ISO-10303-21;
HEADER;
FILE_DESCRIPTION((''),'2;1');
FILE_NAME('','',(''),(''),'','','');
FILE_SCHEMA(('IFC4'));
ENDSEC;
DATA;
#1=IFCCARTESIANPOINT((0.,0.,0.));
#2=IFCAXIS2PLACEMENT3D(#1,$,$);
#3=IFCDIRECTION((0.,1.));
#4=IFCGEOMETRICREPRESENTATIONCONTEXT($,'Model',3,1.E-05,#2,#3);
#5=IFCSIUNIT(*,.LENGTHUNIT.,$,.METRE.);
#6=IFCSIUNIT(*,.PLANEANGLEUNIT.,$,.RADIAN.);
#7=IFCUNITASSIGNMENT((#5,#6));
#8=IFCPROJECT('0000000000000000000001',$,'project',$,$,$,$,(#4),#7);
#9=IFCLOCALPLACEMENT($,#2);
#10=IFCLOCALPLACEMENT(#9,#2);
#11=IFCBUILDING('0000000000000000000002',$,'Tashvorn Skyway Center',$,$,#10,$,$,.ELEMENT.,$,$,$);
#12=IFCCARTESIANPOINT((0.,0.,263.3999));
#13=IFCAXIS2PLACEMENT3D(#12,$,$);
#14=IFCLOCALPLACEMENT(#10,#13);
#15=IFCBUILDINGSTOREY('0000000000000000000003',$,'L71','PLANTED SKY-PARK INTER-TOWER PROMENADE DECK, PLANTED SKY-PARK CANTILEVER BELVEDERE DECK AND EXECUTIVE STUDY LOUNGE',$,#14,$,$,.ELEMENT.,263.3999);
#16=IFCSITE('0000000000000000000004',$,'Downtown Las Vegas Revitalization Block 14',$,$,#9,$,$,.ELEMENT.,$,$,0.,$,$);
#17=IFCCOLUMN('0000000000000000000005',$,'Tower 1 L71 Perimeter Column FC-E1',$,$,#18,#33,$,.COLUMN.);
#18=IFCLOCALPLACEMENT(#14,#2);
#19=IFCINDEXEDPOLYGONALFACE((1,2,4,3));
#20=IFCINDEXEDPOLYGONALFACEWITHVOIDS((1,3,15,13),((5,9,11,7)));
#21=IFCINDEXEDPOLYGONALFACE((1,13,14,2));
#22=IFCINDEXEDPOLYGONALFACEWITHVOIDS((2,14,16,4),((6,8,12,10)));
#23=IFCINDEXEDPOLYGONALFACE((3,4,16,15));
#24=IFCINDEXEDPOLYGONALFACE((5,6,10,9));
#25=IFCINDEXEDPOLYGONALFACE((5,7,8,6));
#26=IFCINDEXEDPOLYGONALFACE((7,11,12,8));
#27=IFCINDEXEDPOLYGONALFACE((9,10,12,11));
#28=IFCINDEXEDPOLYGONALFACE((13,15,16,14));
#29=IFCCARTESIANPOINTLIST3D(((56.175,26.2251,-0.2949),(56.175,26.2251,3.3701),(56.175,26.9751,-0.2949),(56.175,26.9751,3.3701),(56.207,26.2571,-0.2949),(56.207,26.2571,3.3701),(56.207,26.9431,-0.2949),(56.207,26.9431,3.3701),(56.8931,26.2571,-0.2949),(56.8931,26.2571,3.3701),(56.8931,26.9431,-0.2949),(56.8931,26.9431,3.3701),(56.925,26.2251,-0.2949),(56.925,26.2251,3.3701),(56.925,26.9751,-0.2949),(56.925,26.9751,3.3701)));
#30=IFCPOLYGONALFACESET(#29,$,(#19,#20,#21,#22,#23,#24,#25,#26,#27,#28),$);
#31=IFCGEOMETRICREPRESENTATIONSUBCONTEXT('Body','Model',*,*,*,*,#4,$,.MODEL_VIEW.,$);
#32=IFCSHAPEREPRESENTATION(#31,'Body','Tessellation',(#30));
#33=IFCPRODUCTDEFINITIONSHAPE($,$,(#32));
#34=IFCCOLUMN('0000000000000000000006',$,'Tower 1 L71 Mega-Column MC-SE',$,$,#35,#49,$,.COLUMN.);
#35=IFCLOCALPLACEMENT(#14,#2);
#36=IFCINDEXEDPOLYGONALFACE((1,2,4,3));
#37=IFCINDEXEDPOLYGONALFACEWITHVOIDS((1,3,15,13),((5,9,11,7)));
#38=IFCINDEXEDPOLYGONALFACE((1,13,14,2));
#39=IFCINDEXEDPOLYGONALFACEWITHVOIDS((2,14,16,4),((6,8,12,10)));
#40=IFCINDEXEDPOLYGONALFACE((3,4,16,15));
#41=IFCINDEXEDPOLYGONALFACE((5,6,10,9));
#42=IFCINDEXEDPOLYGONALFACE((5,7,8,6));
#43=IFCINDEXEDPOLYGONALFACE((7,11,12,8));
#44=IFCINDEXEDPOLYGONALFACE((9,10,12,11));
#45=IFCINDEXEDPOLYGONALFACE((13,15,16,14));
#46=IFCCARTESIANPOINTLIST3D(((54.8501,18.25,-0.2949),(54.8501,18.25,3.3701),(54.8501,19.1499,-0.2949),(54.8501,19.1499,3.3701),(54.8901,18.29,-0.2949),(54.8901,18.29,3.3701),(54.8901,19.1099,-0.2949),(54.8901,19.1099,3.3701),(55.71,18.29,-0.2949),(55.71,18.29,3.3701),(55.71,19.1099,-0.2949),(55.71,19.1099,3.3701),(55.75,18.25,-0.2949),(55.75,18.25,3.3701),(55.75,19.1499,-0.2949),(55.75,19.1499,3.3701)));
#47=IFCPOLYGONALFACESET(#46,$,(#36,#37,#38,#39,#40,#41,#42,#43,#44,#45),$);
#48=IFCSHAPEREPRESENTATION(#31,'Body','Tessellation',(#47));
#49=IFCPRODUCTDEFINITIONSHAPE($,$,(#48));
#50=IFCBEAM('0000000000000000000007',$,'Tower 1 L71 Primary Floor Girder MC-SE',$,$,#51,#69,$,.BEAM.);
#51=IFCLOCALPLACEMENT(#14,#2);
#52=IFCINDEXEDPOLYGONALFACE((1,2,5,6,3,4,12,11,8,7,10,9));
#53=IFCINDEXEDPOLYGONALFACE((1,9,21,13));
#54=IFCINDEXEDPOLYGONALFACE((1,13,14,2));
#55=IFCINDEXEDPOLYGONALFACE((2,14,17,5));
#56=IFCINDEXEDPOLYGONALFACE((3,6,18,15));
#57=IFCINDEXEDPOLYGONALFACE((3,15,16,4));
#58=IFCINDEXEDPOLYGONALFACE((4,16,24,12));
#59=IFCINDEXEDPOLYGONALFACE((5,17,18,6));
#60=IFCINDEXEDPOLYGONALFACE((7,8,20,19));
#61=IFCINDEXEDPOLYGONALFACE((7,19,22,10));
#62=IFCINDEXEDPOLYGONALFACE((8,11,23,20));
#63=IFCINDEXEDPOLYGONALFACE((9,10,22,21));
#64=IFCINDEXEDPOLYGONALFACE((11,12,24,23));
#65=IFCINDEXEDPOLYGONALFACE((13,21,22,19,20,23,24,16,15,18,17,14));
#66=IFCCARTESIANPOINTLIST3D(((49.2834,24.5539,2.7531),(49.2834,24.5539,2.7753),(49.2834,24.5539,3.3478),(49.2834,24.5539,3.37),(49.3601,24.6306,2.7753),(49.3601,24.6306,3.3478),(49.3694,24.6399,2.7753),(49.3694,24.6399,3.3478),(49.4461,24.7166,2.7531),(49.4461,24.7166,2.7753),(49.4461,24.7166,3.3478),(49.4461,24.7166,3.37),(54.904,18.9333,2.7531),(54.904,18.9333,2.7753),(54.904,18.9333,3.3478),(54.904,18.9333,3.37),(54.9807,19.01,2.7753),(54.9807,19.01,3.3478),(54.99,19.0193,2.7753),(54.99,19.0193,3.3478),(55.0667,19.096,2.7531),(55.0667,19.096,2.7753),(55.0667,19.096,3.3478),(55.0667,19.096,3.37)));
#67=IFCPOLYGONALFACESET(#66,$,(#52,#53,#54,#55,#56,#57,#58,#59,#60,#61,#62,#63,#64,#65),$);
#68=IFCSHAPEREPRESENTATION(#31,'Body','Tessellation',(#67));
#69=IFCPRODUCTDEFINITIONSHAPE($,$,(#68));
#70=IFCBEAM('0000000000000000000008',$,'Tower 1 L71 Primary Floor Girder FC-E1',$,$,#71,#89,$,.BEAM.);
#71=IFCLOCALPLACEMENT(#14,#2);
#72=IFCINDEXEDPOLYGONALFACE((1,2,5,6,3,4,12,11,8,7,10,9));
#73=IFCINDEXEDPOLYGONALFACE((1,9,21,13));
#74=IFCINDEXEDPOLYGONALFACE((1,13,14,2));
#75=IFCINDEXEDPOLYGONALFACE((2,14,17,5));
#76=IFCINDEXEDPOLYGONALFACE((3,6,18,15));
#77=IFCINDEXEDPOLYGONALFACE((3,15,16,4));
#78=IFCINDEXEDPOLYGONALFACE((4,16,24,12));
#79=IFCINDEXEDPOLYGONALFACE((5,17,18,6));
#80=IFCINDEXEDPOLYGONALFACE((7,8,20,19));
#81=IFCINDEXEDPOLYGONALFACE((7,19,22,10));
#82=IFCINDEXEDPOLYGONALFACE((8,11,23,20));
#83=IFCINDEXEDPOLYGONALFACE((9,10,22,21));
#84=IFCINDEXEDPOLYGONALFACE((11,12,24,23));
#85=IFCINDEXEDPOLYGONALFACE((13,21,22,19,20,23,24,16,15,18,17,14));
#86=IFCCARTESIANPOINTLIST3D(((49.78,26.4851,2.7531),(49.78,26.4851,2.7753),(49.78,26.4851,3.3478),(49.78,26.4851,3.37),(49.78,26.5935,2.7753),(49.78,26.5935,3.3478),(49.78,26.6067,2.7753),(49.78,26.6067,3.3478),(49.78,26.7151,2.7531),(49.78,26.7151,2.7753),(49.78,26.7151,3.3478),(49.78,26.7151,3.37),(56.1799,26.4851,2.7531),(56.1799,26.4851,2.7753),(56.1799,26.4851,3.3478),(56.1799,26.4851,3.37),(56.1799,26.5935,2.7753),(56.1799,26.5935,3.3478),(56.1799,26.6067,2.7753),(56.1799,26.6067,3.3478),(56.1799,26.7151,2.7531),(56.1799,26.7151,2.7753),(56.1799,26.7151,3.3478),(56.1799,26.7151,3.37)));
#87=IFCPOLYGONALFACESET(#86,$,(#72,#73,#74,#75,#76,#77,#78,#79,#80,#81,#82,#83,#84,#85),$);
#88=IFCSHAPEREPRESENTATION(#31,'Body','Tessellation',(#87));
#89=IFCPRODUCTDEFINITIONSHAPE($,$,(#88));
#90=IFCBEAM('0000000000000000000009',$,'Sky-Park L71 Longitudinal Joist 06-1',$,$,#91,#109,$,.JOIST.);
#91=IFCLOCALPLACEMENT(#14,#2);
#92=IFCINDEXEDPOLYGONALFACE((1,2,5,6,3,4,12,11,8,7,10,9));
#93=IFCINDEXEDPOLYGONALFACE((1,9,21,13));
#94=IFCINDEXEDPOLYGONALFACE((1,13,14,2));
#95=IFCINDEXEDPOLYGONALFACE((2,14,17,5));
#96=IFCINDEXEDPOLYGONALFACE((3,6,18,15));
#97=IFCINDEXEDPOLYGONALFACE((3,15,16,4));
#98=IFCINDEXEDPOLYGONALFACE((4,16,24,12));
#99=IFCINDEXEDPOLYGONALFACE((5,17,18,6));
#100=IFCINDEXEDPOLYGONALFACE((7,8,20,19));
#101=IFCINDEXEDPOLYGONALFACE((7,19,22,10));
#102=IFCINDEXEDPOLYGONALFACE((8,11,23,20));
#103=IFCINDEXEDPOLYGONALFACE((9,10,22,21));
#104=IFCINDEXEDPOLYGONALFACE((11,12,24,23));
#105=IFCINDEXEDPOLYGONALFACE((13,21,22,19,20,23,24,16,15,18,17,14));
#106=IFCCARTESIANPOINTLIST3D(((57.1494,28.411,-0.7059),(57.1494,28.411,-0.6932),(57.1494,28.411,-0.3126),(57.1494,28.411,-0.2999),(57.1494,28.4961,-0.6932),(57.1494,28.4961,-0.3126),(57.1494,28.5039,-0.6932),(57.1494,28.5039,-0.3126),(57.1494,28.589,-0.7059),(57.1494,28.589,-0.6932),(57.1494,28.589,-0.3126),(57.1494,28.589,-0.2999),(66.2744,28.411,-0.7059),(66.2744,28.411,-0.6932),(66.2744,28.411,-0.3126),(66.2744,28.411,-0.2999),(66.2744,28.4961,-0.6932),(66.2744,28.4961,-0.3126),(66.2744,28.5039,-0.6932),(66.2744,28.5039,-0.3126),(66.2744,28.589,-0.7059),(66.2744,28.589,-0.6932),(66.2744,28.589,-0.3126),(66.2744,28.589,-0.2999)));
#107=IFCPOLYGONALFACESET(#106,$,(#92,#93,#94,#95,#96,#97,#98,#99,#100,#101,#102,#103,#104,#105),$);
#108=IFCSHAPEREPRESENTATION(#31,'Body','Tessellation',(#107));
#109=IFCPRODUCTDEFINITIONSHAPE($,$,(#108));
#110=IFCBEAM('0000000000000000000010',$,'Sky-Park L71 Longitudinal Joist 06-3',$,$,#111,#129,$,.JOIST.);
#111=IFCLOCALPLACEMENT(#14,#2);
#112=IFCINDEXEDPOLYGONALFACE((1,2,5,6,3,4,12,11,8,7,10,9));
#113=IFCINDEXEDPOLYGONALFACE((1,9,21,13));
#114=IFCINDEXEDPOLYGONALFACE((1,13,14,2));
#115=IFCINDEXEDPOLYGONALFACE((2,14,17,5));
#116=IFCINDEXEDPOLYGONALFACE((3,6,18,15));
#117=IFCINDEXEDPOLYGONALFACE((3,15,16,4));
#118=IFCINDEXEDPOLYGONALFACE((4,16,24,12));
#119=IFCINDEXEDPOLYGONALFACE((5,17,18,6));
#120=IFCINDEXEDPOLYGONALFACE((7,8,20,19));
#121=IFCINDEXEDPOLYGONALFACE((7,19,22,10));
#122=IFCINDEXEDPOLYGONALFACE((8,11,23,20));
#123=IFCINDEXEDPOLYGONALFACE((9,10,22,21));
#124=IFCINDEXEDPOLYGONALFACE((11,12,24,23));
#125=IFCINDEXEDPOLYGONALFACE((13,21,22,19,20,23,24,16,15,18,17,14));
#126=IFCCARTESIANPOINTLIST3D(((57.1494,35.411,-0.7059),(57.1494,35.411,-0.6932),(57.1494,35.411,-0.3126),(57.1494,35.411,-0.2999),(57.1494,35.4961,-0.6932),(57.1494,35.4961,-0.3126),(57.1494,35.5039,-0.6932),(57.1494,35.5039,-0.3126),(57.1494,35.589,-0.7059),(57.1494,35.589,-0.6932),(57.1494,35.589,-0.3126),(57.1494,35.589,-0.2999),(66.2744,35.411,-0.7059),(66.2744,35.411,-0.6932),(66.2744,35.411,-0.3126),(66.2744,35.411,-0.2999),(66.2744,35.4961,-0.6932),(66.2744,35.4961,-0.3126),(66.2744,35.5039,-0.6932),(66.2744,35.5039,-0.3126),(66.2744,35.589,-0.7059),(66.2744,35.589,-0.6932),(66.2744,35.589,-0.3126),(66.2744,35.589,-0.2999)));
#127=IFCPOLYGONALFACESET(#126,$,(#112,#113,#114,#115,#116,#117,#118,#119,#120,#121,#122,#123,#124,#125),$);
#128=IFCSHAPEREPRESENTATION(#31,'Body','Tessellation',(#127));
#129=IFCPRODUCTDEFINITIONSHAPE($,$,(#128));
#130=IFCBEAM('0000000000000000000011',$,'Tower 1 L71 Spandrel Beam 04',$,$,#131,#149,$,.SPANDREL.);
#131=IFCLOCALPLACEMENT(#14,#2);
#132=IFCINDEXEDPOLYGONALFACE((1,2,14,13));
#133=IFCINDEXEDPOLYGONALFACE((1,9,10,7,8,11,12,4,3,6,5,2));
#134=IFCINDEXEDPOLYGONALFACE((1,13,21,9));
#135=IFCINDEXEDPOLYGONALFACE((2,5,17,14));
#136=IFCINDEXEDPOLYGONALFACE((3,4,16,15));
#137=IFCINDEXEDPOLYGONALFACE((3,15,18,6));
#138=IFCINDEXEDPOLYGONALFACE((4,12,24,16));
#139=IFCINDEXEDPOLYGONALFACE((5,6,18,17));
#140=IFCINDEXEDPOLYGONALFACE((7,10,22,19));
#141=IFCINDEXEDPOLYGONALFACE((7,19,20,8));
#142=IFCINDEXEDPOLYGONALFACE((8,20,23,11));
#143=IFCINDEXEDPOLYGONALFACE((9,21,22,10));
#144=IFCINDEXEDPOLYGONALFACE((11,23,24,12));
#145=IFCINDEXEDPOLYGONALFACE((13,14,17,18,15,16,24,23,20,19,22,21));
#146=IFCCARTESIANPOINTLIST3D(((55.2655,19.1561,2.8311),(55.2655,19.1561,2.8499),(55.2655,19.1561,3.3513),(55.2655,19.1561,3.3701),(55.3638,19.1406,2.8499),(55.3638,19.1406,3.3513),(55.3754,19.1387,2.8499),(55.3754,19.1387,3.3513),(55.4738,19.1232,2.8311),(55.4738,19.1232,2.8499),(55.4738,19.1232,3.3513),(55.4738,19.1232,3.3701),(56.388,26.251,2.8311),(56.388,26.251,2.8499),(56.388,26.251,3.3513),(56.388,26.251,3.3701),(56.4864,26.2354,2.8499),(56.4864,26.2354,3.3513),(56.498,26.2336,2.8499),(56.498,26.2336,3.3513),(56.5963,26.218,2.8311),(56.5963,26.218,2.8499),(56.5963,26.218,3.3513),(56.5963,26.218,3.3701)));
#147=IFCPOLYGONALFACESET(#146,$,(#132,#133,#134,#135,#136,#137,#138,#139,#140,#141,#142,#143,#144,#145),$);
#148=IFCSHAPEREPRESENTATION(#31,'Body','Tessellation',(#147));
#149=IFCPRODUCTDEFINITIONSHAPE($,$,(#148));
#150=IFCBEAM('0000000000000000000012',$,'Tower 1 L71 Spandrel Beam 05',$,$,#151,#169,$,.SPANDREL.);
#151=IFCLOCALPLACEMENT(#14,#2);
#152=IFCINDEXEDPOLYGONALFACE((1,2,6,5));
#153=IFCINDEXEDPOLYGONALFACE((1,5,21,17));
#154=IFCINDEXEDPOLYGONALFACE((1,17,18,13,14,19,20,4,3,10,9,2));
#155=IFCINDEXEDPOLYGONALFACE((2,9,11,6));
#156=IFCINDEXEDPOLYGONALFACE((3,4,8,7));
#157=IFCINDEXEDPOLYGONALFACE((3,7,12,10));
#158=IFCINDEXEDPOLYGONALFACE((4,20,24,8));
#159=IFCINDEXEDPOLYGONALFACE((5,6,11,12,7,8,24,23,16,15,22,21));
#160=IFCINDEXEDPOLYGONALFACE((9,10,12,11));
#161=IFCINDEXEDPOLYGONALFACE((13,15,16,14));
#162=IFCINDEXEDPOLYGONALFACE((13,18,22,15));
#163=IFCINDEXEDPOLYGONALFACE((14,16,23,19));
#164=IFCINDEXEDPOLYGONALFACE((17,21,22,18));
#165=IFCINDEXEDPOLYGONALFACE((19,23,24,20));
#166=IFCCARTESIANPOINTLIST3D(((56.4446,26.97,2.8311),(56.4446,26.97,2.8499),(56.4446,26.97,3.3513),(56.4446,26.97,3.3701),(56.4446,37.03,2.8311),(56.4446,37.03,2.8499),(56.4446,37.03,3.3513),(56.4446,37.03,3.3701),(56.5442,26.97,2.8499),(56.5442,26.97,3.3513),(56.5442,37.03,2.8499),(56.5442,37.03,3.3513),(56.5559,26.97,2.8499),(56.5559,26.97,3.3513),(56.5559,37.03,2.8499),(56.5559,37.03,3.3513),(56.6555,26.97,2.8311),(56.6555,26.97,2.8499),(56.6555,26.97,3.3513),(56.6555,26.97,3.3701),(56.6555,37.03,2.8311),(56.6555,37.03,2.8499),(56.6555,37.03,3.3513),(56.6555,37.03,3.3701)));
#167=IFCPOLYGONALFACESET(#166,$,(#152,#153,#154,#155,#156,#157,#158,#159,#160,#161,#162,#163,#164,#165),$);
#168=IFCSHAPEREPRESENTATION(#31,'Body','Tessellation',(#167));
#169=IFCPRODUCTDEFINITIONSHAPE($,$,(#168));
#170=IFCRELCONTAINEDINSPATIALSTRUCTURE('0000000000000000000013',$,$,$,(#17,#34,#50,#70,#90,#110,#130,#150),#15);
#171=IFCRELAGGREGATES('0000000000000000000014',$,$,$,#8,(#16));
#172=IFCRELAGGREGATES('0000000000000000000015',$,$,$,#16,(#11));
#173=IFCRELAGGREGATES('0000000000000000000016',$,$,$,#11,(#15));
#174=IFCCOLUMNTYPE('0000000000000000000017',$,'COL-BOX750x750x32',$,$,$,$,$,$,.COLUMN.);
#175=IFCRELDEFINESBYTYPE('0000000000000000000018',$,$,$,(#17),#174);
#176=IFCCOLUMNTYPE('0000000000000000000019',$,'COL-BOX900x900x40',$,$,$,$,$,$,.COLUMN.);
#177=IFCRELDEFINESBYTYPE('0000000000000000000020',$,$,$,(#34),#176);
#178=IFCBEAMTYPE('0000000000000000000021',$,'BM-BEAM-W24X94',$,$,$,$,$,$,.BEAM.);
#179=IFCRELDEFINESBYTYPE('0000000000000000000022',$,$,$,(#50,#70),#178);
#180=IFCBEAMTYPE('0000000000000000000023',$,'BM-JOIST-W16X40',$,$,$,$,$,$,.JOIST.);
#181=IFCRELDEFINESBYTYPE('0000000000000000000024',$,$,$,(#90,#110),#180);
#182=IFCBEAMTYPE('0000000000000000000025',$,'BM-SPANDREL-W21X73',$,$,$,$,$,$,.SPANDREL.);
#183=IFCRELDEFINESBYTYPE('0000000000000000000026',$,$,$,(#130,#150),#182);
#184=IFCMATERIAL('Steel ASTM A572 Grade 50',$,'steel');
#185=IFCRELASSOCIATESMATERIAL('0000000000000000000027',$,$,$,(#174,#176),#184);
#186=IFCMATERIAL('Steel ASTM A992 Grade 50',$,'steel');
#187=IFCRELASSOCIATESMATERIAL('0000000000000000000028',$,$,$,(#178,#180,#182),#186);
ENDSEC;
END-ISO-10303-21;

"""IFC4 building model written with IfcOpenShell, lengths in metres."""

from ifc_helpers import new_model, si_unit, direction, frame, origin, origin_2d, place, context, subcontext, project, spatial, hollow_rectangle, i_section, extrude, material, material_profile, profile_set, type_object, element, save


model = new_model("IFC4")

# Units and contexts
model_context = context("Model", 3, precision=1e-05, world=origin(), true_north=direction((0.0, 1.0)))
body_context = subcontext(model_context, "Body", "Model", "MODEL_VIEW")
ifc_project = project(units=[si_unit("LENGTHUNIT", "METRE"), si_unit("PLANEANGLEUNIT", "RADIAN")], contexts=[model_context])

# Site, building, storey
site_placement = place(None, origin())
site = spatial("IfcSite", under=ifc_project, at=site_placement, Name="Downtown Las Vegas Revitalization Block 14", CompositionType="ELEMENT", RefElevation=0.0)
building_placement = place(site_placement, origin())
building = spatial("IfcBuilding", under=site, at=building_placement, Name="Tashvorn Skyway Center", CompositionType="ELEMENT")
storey_placement = place(building_placement, frame((0.0, 0.0, 263.3999)))
storey = spatial("IfcBuildingStorey", under=building, at=storey_placement, Name="L71", Description="PLANTED SKY-PARK INTER-TOWER PROMENADE DECK, PLANTED SKY-PARK CANTILEVER BELVEDERE DECK AND EXECUTIVE STUDY LOUNGE", CompositionType="ELEMENT", Elevation=263.3999)

# Columns
ifc_material_1 = material(Name="Steel ASTM A572 Grade 50", Category="steel")
ifc_material_profile_1 = material_profile(ifc_material_1, hollow_rectangle(XDim=0.75, YDim=0.75, WallThickness=0.032, at=origin_2d()), Name="BOX750x750x32")
ifc_profile_set_1 = profile_set([ifc_material_profile_1], Name="Steel ASTM A572 Grade 50")
column_type_1 = type_object("IfcColumnType", Name="COL-BOX750x750x32", PredefinedType="COLUMN", material=ifc_profile_set_1)
column_1_placement = place(storey_placement, frame((56.55, 26.6001, -0.2949), z_axis=(0.0, 0.0, 1.0), x_axis=(1.0, 0.0, 0.0)))
element("IfcColumn", 1, at=column_1_placement, inside=storey, type_object=column_type_1, Name="Tower 1 L71 Perimeter Column FC-E1", PredefinedType="COLUMN", context=body_context, shape_type="SweptSolid", body=[
    extrude(hollow_rectangle(XDim=0.75, YDim=0.75, WallThickness=0.032, at=origin_2d()), origin(), (0.0, 0.0, 1.0), 3.665),
])
ifc_material_profile_2 = material_profile(ifc_material_1, hollow_rectangle(XDim=0.8999, YDim=0.8999, WallThickness=0.04, at=origin_2d()), Name="BOX900x900x40")
ifc_profile_set_2 = profile_set([ifc_material_profile_2], Name="Steel ASTM A572 Grade 50")
column_type_2 = type_object("IfcColumnType", Name="COL-BOX900x900x40", PredefinedType="COLUMN", material=ifc_profile_set_2)
column_2_placement = place(storey_placement, frame((55.3, 18.7, -0.2949), z_axis=(0.0, 0.0, 1.0), x_axis=(1.0, 0.0, 0.0)))
element("IfcColumn", 2, at=column_2_placement, inside=storey, type_object=column_type_2, Name="Tower 1 L71 Mega-Column MC-SE", PredefinedType="COLUMN", context=body_context, shape_type="SweptSolid", body=[
    extrude(hollow_rectangle(XDim=0.8999, YDim=0.8999, WallThickness=0.04, at=origin_2d()), origin(), (0.0, 0.0, 1.0), 3.665),
])

# Beams
ifc_material_2 = material(Name="Steel ASTM A992 Grade 50", Category="steel")
ifc_material_profile_3 = material_profile(ifc_material_2, i_section(OverallWidth=0.23, OverallDepth=0.6169, WebThickness=0.0132, FlangeThickness=0.0222, at=origin_2d()), Name="W24X94")
ifc_profile_set_3 = profile_set([ifc_material_profile_3], Name="Steel ASTM A992 Grade 50")
beam_type_1 = type_object("IfcBeamType", Name="BM-BEAM-W24X94", PredefinedType="BEAM", material=ifc_profile_set_3)
beam_1_placement = place(storey_placement, frame((54.9854, 19.0146, 3.0615), z_axis=(-0.707107, 0.707107, 0.0), x_axis=(-0.707107, -0.707107, 0.0)))
element("IfcBeam", 3, at=beam_1_placement, inside=storey, type_object=beam_type_1, Name="Tower 1 L71 Primary Floor Girder MC-SE", PredefinedType="BEAM", context=body_context, shape_type="SweptSolid", body=[
    extrude(i_section(OverallWidth=0.23, OverallDepth=0.6169, WebThickness=0.0132, FlangeThickness=0.0222, at=origin_2d()), origin(), (0.0, 0.0, 1.0), 7.9487),
])
beam_2_placement = place(storey_placement, frame((56.1799, 26.6001, 3.0615), z_axis=(-1.0, 0.0, 0.0), x_axis=(0.0, -1.0, 0.0)))
element("IfcBeam", 4, at=beam_2_placement, inside=storey, type_object=beam_type_1, Name="Tower 1 L71 Primary Floor Girder FC-E1", PredefinedType="BEAM", context=body_context, shape_type="SweptSolid", body=[
    extrude(i_section(OverallWidth=0.23, OverallDepth=0.6169, WebThickness=0.0132, FlangeThickness=0.0222, at=origin_2d()), origin(), (0.0, 0.0, 1.0), 6.3999),
])
ifc_material_profile_4 = material_profile(ifc_material_2, i_section(OverallWidth=0.178, OverallDepth=0.406, WebThickness=0.0078, FlangeThickness=0.0127, at=origin_2d()), Name="W16X40")
ifc_profile_set_4 = profile_set([ifc_material_profile_4], Name="Steel ASTM A992 Grade 50")
beam_type_2 = type_object("IfcBeamType", Name="BM-JOIST-W16X40", PredefinedType="JOIST", material=ifc_profile_set_4)
for number, where, z_axis, x_axis, name in (
    (5, (57.1494, 28.5, -0.5029), (1.0, 0.0, 0.0), (0.0, 1.0, 0.0), "Sky-Park L71 Longitudinal Joist 06-1"),
    (6, (57.1494, 35.5, -0.5029), (1.0, 0.0, 0.0), (0.0, 1.0, 0.0), "Sky-Park L71 Longitudinal Joist 06-3"),
):
    element("IfcBeam", number, at=place(storey_placement, frame(where, z_axis=z_axis, x_axis=x_axis)), inside=storey, type_object=beam_type_2, Name=name, PredefinedType="JOIST", context=body_context, shape_type="SweptSolid", body=[
        extrude(i_section(OverallWidth=0.178, OverallDepth=0.406, WebThickness=0.0078, FlangeThickness=0.0127, at=origin_2d()), origin(), (0.0, 0.0, 1.0), 9.125),
    ])
ifc_material_profile_5 = material_profile(ifc_material_2, i_section(OverallWidth=0.2109, OverallDepth=0.5391, WebThickness=0.0117, FlangeThickness=0.0188, at=origin_2d()), Name="W21X73")
ifc_profile_set_5 = profile_set([ifc_material_profile_5], Name="Steel ASTM A992 Grade 50")
beam_type_3 = type_object("IfcBeamType", Name="BM-SPANDREL-W21X73", PredefinedType="SPANDREL", material=ifc_profile_set_5)
beam_3_placement = place(storey_placement, frame((55.3696, 19.1396, 3.1006), z_axis=(0.156275, 0.987714, 0.0), x_axis=(-0.987714, 0.156275, 0.0)))
element("IfcBeam", 7, at=beam_3_placement, inside=storey, type_object=beam_type_3, Name="Tower 1 L71 Spandrel Beam 04", PredefinedType="SPANDREL", context=body_context, shape_type="SweptSolid", body=[
    extrude(i_section(OverallWidth=0.2109, OverallDepth=0.5391, WebThickness=0.0117, FlangeThickness=0.0188, at=origin_2d()), origin(), (0.0, 0.0, 1.0), 7.1831),
])
beam_4_placement = place(storey_placement, frame((56.55, 26.97, 3.1006), z_axis=(0.0, 1.0, 0.0), x_axis=(-1.0, 0.0, 0.0)))
element("IfcBeam", 8, at=beam_4_placement, inside=storey, type_object=beam_type_3, Name="Tower 1 L71 Spandrel Beam 05", PredefinedType="SPANDREL", context=body_context, shape_type="SweptSolid", body=[
    extrude(i_section(OverallWidth=0.2109, OverallDepth=0.5391, WebThickness=0.0117, FlangeThickness=0.0188, at=origin_2d()), origin(), (0.0, 0.0, 1.0), 10.0601),
])

save(model, "model.ifc")
